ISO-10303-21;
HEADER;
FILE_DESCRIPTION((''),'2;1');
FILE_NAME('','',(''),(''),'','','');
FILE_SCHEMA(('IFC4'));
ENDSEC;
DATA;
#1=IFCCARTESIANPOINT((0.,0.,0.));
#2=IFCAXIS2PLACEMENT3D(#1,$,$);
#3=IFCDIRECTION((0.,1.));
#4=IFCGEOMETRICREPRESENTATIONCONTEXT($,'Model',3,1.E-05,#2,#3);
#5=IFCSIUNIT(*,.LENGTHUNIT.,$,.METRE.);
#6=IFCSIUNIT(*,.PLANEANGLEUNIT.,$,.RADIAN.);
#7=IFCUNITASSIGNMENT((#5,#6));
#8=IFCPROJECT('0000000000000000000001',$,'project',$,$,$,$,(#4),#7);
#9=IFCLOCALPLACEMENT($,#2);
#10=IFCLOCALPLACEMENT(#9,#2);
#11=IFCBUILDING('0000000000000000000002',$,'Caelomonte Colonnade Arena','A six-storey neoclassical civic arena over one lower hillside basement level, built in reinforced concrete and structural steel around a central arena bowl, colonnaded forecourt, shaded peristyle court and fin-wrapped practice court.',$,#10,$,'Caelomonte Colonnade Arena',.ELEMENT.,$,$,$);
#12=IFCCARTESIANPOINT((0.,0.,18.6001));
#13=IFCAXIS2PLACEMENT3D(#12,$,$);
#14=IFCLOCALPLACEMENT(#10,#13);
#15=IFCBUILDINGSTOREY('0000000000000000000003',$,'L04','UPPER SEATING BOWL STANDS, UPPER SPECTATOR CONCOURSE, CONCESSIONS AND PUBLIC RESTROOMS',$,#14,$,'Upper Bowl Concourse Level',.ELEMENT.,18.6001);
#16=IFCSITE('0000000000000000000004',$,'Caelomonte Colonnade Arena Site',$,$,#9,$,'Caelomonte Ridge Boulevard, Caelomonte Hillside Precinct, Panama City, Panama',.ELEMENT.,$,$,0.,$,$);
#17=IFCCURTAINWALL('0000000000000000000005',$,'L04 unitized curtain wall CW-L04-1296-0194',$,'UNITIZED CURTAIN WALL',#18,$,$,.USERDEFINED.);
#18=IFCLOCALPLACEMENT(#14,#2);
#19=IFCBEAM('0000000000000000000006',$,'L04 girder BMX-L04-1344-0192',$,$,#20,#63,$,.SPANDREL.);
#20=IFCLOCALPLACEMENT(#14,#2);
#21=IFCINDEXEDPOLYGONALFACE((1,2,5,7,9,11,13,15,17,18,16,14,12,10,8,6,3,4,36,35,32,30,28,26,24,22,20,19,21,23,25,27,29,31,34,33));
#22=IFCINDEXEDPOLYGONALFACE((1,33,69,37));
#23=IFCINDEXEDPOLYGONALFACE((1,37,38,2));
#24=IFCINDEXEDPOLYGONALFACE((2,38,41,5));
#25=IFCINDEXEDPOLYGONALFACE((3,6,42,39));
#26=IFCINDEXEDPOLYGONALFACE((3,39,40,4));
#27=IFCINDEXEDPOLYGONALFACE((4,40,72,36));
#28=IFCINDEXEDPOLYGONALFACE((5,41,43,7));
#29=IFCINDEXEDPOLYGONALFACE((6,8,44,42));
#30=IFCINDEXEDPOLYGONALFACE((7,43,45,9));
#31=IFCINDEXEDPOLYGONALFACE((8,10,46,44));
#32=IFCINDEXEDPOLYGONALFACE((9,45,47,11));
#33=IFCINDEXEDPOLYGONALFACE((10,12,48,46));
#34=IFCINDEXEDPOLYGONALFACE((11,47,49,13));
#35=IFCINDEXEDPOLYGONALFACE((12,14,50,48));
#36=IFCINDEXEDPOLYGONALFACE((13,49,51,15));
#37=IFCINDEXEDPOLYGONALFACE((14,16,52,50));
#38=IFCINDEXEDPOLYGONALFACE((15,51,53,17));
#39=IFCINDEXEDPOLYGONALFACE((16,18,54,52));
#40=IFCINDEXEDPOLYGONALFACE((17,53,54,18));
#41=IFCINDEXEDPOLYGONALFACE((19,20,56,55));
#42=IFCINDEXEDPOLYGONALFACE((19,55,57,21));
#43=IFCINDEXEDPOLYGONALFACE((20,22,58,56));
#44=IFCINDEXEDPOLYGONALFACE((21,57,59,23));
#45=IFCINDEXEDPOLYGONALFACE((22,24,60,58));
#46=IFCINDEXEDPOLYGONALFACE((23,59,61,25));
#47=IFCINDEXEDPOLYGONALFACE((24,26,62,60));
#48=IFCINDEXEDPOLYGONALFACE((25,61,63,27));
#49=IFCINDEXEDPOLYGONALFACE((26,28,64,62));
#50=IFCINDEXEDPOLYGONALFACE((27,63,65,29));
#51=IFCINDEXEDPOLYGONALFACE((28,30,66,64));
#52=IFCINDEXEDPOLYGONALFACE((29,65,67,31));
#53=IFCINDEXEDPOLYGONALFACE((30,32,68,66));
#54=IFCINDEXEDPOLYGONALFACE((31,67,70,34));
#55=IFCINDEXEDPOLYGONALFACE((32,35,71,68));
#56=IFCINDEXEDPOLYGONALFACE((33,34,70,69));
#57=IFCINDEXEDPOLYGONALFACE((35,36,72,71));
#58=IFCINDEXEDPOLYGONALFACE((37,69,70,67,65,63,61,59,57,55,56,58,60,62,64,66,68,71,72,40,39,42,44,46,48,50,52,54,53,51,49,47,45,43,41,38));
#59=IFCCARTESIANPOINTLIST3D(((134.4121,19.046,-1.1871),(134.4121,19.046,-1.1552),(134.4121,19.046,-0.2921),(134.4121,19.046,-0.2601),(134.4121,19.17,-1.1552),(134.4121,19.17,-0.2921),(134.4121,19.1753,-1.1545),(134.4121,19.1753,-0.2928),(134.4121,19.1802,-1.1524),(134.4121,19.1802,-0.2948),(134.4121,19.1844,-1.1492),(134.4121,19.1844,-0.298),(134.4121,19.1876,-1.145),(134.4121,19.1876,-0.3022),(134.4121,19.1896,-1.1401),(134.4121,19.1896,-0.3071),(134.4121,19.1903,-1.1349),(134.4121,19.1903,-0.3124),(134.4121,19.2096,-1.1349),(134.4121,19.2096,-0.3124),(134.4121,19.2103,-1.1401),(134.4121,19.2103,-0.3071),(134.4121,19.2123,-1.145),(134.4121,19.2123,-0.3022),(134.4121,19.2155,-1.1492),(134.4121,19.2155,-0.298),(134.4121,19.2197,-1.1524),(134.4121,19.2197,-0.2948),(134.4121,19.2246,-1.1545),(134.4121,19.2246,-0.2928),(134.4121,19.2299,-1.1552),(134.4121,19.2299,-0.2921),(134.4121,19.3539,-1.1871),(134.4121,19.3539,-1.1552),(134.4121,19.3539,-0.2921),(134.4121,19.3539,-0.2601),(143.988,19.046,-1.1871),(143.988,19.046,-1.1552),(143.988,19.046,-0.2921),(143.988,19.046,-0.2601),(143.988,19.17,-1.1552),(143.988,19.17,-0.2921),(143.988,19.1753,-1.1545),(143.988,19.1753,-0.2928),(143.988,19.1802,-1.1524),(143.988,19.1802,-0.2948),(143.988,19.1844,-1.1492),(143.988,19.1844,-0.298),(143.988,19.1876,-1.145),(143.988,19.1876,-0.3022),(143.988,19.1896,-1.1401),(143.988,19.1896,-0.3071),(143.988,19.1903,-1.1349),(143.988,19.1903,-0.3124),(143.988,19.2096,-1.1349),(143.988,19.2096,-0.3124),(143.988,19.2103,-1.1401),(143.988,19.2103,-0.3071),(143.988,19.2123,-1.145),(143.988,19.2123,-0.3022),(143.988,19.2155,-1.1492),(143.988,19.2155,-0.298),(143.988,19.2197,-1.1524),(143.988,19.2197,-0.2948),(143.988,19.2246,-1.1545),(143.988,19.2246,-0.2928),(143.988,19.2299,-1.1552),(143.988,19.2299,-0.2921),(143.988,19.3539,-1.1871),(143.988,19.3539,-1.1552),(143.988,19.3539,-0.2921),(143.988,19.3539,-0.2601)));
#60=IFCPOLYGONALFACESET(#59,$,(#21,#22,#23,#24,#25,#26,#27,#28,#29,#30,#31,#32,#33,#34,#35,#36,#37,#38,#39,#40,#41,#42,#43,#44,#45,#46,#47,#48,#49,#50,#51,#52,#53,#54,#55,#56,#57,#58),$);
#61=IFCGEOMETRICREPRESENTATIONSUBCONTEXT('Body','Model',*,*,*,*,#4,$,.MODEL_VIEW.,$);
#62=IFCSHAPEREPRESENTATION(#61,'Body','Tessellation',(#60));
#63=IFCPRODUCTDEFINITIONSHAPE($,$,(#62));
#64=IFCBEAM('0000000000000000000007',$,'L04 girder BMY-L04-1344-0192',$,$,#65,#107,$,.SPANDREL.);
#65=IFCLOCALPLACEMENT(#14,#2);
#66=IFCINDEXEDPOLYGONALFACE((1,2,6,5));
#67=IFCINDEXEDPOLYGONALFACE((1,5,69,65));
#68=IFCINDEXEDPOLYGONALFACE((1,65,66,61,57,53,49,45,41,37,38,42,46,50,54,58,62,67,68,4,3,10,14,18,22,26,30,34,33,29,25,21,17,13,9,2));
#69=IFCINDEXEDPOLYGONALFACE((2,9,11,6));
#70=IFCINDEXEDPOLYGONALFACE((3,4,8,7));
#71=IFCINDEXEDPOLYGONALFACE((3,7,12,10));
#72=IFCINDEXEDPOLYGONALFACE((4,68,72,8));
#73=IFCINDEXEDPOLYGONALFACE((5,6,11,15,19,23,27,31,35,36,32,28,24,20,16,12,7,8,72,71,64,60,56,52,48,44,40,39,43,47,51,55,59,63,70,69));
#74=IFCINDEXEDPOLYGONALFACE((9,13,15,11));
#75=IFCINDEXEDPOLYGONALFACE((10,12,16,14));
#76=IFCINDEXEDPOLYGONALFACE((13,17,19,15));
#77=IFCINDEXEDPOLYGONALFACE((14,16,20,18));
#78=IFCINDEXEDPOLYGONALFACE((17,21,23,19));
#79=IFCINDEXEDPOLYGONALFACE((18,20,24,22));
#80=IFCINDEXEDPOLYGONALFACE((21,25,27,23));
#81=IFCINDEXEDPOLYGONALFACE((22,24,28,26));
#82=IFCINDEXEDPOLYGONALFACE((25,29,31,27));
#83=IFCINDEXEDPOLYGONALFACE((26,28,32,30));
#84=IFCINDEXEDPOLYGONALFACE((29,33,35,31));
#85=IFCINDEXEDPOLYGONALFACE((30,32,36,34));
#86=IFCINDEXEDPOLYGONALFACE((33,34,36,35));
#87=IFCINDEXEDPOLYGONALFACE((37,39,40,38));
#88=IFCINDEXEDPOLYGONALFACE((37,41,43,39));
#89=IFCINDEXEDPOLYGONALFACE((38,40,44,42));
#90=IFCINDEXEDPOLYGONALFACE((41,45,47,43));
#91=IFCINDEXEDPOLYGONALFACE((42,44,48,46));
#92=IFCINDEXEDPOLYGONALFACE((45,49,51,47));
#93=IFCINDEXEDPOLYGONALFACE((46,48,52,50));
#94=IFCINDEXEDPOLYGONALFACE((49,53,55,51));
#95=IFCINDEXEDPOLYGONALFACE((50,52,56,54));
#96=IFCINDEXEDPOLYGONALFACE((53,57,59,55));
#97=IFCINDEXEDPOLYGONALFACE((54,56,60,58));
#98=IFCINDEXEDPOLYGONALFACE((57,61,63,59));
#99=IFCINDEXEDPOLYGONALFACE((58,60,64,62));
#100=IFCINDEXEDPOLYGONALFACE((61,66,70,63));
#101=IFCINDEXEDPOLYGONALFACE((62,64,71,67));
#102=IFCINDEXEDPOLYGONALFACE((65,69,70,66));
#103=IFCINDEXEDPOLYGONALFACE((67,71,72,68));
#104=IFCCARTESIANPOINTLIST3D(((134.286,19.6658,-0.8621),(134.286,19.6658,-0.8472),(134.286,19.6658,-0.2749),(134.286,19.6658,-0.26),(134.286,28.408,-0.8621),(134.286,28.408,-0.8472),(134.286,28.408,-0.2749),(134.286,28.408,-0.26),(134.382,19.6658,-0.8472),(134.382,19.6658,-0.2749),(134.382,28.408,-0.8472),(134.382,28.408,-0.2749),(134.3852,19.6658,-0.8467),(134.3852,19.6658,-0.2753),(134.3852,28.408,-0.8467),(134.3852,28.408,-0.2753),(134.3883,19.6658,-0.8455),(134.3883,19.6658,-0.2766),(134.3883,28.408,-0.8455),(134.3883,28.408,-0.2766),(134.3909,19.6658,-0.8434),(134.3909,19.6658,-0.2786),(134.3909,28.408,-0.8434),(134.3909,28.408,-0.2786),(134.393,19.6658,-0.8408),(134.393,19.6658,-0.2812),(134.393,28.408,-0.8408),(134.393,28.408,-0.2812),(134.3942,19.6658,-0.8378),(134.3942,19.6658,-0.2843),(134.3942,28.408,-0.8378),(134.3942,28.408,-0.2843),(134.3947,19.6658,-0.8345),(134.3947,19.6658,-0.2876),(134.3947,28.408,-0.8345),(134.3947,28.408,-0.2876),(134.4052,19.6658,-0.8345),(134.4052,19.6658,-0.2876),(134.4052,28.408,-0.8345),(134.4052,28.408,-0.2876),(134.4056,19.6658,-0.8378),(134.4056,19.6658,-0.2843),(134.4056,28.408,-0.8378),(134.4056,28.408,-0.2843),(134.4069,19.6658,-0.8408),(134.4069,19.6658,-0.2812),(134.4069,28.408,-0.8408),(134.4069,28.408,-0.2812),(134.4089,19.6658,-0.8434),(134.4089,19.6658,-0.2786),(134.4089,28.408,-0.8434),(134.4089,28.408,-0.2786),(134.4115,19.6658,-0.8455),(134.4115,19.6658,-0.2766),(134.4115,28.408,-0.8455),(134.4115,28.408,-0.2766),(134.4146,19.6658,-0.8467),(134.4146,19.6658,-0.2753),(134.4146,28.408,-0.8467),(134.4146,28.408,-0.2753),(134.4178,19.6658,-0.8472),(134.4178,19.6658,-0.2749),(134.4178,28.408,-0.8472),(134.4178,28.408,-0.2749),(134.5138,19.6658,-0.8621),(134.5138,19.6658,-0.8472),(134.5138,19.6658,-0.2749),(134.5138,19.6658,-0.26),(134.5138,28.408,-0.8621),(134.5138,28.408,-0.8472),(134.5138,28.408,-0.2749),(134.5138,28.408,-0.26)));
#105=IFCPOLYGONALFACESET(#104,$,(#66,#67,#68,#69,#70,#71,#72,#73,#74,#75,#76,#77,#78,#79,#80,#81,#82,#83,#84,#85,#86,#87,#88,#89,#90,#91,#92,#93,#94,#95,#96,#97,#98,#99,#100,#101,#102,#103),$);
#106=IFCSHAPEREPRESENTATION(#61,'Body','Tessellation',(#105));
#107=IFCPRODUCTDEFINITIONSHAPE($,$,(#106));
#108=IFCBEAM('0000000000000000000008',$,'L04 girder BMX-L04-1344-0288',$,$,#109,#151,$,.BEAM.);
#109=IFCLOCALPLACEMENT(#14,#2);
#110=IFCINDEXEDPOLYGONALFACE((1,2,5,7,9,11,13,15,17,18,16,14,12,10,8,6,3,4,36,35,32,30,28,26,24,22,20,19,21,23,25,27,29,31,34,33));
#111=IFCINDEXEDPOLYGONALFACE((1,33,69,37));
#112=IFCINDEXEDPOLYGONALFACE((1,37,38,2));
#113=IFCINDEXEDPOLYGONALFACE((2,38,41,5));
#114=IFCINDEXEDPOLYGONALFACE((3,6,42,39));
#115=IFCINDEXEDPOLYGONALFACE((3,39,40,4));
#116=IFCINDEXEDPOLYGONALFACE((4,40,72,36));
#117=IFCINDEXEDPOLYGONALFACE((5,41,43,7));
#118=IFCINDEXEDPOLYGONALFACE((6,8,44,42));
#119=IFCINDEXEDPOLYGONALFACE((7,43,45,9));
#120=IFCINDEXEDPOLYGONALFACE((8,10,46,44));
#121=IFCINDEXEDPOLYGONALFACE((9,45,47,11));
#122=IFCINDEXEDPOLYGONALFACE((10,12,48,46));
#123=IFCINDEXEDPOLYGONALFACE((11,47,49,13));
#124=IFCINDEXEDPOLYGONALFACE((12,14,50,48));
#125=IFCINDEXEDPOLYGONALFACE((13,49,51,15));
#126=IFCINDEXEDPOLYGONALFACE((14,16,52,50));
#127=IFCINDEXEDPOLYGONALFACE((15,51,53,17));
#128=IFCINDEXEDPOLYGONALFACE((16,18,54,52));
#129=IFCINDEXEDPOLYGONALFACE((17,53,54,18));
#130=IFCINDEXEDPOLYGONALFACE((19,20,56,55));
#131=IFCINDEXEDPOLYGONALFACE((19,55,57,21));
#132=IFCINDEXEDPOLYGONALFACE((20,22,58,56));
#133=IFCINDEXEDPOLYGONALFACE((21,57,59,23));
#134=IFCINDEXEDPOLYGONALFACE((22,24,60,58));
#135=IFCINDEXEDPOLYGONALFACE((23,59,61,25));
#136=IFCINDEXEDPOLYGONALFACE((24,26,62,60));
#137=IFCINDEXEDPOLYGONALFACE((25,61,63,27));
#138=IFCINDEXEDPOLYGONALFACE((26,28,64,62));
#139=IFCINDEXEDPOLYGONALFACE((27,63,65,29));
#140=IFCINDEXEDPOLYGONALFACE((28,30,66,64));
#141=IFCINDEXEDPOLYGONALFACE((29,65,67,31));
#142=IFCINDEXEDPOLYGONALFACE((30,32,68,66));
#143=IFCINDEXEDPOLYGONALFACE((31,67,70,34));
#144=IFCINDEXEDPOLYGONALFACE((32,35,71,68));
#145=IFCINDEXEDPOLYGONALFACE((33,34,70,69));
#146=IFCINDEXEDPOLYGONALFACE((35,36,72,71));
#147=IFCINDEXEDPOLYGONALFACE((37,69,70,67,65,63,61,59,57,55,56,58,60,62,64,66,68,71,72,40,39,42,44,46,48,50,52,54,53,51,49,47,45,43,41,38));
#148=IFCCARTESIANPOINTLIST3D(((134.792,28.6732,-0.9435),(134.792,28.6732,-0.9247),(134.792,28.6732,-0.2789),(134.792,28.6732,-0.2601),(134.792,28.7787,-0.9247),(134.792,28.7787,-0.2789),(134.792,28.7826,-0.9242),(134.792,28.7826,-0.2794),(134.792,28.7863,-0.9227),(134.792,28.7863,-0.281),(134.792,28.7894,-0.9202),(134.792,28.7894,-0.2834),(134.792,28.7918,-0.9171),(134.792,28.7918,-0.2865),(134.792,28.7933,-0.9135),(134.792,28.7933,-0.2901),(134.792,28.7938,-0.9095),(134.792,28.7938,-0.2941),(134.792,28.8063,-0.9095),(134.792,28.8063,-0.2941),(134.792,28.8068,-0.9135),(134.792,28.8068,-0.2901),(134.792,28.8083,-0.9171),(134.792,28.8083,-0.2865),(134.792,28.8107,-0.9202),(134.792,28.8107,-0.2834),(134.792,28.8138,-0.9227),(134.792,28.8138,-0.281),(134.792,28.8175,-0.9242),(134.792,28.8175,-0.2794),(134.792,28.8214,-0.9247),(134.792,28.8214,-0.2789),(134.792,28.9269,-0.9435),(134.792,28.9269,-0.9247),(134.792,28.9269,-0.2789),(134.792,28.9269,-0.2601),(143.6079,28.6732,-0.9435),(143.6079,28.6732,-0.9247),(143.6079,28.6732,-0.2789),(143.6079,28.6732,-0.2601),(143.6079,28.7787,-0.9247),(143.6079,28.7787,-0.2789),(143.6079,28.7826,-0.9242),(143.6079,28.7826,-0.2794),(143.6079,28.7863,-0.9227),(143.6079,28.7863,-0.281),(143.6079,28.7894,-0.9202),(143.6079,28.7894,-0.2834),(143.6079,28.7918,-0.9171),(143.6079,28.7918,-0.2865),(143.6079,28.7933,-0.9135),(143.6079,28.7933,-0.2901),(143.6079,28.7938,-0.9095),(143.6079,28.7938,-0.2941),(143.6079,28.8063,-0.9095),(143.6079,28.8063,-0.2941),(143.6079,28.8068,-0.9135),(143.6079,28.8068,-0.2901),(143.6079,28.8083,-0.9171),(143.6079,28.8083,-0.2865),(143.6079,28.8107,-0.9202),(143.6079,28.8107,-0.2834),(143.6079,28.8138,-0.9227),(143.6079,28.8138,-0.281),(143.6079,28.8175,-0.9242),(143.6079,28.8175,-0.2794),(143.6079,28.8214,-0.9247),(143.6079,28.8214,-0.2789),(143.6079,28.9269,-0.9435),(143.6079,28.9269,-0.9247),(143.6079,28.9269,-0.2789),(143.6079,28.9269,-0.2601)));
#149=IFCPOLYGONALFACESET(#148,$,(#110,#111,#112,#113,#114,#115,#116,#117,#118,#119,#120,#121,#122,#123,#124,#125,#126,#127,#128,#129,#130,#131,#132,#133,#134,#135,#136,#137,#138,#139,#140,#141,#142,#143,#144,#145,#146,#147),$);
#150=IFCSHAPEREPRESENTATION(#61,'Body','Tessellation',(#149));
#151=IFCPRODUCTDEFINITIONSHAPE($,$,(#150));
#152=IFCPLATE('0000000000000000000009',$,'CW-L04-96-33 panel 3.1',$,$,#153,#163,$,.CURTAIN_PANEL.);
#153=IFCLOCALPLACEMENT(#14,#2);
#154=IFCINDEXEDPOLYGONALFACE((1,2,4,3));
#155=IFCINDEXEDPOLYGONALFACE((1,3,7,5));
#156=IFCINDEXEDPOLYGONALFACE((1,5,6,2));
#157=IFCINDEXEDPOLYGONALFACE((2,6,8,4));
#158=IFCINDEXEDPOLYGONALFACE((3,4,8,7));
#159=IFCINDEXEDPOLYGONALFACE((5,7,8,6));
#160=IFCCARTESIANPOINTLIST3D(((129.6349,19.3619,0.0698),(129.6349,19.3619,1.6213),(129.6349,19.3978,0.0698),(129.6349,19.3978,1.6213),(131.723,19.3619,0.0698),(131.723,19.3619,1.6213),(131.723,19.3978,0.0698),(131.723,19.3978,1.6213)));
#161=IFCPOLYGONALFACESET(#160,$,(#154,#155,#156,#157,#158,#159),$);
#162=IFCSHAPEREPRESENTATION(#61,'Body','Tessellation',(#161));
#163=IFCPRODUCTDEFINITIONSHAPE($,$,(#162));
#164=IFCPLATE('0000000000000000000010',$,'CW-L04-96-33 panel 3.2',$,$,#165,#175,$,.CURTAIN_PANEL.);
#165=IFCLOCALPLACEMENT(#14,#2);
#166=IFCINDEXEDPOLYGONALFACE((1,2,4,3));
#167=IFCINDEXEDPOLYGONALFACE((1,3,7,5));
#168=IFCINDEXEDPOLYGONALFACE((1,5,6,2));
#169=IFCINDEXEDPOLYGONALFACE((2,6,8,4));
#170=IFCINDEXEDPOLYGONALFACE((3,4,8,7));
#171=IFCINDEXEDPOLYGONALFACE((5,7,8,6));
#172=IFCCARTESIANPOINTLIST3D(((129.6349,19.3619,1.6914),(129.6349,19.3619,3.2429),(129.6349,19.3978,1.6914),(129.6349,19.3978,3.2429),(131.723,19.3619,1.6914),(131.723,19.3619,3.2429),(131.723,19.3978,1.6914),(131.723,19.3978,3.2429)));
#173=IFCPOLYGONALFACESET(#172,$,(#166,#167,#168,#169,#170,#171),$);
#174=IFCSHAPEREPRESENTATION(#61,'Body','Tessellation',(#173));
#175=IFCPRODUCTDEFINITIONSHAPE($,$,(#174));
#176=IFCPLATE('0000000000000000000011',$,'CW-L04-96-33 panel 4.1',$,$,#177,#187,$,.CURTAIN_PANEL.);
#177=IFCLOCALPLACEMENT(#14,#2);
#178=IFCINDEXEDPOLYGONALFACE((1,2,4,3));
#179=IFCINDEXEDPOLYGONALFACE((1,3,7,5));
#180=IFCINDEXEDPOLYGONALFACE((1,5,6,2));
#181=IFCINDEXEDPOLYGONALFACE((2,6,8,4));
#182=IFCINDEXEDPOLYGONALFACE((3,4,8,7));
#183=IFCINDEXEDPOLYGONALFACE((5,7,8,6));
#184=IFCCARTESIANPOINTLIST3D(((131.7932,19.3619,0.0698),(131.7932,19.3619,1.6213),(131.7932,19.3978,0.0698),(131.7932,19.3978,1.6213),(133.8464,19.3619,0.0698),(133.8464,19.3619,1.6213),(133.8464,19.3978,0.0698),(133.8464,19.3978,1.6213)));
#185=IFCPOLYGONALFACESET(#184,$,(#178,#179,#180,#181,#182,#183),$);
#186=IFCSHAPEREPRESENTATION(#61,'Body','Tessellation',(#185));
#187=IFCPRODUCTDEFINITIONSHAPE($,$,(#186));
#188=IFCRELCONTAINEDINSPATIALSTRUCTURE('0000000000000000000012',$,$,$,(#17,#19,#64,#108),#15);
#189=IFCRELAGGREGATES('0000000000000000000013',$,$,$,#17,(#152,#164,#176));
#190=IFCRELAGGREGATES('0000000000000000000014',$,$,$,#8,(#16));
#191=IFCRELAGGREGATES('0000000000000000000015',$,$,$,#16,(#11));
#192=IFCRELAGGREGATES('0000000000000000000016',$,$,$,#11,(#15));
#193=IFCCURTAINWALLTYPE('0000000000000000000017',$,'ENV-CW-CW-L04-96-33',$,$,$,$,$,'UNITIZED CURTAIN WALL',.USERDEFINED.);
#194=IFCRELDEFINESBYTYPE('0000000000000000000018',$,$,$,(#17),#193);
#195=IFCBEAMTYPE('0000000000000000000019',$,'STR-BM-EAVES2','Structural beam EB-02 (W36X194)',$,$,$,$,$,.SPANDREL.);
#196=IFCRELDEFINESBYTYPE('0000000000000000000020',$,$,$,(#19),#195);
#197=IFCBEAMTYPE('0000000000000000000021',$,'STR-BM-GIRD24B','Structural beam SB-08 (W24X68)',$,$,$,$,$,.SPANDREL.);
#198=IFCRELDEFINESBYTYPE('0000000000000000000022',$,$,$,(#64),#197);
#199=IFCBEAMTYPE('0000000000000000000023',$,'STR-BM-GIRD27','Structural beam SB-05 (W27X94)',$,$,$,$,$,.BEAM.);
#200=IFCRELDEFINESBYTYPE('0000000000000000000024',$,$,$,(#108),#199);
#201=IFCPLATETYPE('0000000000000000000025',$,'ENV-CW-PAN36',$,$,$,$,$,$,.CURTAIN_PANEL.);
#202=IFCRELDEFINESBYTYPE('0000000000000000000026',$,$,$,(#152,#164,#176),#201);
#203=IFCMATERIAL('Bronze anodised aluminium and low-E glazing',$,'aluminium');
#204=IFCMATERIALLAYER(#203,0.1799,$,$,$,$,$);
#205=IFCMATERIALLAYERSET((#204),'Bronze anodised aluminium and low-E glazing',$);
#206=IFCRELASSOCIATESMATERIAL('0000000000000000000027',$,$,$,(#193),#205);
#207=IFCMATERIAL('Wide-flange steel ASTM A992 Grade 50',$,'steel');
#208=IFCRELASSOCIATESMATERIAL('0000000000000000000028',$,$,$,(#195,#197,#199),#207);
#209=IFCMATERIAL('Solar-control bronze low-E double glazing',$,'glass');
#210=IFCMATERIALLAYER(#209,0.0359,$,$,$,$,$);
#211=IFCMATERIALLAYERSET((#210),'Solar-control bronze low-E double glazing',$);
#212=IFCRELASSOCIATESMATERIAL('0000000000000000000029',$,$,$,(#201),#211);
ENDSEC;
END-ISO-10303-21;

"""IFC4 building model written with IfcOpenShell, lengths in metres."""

from ifc_helpers import new_model, si_unit, direction, frame, origin, origin_2d, place, context, subcontext, project, spatial, rectangle, i_section, extrude, material, layer, layer_set, material_profile, profile_set, type_object, element, aggregate, save


model = new_model("IFC4")

# Units and contexts
model_context = context("Model", 3, precision=1e-05, world=origin(), true_north=direction((0.0, 1.0)))
body_context = subcontext(model_context, "Body", "Model", "MODEL_VIEW")
ifc_project = project(units=[si_unit("LENGTHUNIT", "METRE"), si_unit("PLANEANGLEUNIT", "RADIAN")], contexts=[model_context])

# Site, building, storey
site_placement = place(None, origin())
site = spatial("IfcSite", under=ifc_project, at=site_placement, Name="Caelomonte Colonnade Arena Site", LongName="Caelomonte Ridge Boulevard, Caelomonte Hillside Precinct, Panama City, Panama", CompositionType="ELEMENT", RefElevation=0.0)
building_placement = place(site_placement, origin())
building = spatial("IfcBuilding", under=site, at=building_placement, Name="Caelomonte Colonnade Arena", Description="A six-storey neoclassical civic arena over one lower hillside basement level, built in reinforced concrete and structural steel around a central arena bowl, colonnaded forecourt, shaded peristyle court and fin-wrapped practice court.", LongName="Caelomonte Colonnade Arena", CompositionType="ELEMENT")
storey_placement = place(building_placement, frame((0.0, 0.0, 18.6001)))
storey = spatial("IfcBuildingStorey", under=building, at=storey_placement, Name="L04", Description="UPPER SEATING BOWL STANDS, UPPER SPECTATOR CONCOURSE, CONCESSIONS AND PUBLIC RESTROOMS", LongName="Upper Bowl Concourse Level", CompositionType="ELEMENT", Elevation=18.6001)

# Shared definitions
ifc_material_1 = material(Name="Wide-flange steel ASTM A992 Grade 50", Category="steel")

# Curtain wall
ifc_material_2 = material(Name="Bronze anodised aluminium and low-E glazing", Category="aluminium")
ifc_layer_1 = layer(ifc_material_2, 0.1799)
ifc_layer_set_1 = layer_set([ifc_layer_1], Name="Bronze anodised aluminium and low-E glazing")
curtain_wall_type = type_object("IfcCurtainWallType", Name="ENV-CW-CW-L04-96-33", ElementType="UNITIZED CURTAIN WALL", PredefinedType="USERDEFINED", material=ifc_layer_set_1)
curtain_wall_placement = place(storey_placement, origin())
curtain_wall = element("IfcCurtainWall", 1, at=curtain_wall_placement, inside=storey, type_object=curtain_wall_type, Name="L04 unitized curtain wall CW-L04-1296-0194", ObjectType="UNITIZED CURTAIN WALL", PredefinedType="USERDEFINED")

# Beams
ifc_material_profile_1 = material_profile(ifc_material_1, i_section(OverallWidth=0.3079, OverallDepth=0.927, WebThickness=0.0193, FlangeThickness=0.032, FilletRadius=0.0203, at=origin_2d()), Name="W36X194")
ifc_profile_set_1 = profile_set([ifc_material_profile_1], Name="Wide-flange steel ASTM A992 Grade 50")
beam_type_1 = type_object("IfcBeamType", Name="STR-BM-EAVES2", Description="Structural beam EB-02 (W36X194)", PredefinedType="SPANDREL", material=ifc_profile_set_1)
beam_1_placement = place(storey_placement, frame((134.4121, 19.2, -0.7236), z_axis=(1.0, 0.0, 0.0), x_axis=(0.0, 1.0, 0.0)))
element("IfcBeam", 2, at=beam_1_placement, inside=storey, type_object=beam_type_1, Name="L04 girder BMX-L04-1344-0192", PredefinedType="SPANDREL", context=body_context, shape_type="SweptSolid", body=[
    extrude(i_section(OverallWidth=0.3079, OverallDepth=0.927, WebThickness=0.0193, FlangeThickness=0.032, FilletRadius=0.0203, at=origin_2d()), origin(), (0.0, 0.0, 1.0), 9.5759),
])
ifc_material_profile_2 = material_profile(ifc_material_1, i_section(OverallWidth=0.2278, OverallDepth=0.6021, WebThickness=0.0105, FlangeThickness=0.0149, FilletRadius=0.0127, at=origin_2d()), Name="W24X68")
ifc_profile_set_2 = profile_set([ifc_material_profile_2], Name="Wide-flange steel ASTM A992 Grade 50")
beam_type_2 = type_object("IfcBeamType", Name="STR-BM-GIRD24B", Description="Structural beam SB-08 (W24X68)", PredefinedType="SPANDREL", material=ifc_profile_set_2)
beam_2_placement = place(storey_placement, frame((134.3999, 19.6658, -0.561), z_axis=(0.0, 1.0, 0.0), x_axis=(-1.0, 0.0, 0.0)))
element("IfcBeam", 3, at=beam_2_placement, inside=storey, type_object=beam_type_2, Name="L04 girder BMY-L04-1344-0192", PredefinedType="SPANDREL", context=body_context, shape_type="SweptSolid", body=[
    extrude(i_section(OverallWidth=0.2278, OverallDepth=0.6021, WebThickness=0.0105, FlangeThickness=0.0149, FilletRadius=0.0127, at=origin_2d()), origin(), (0.0, 0.0, 1.0), 8.7422),
])
ifc_material_profile_3 = material_profile(ifc_material_1, i_section(OverallWidth=0.2537, OverallDepth=0.6833, WebThickness=0.0125, FlangeThickness=0.0188, FilletRadius=0.0151, at=origin_2d()), Name="W27X94")
ifc_profile_set_3 = profile_set([ifc_material_profile_3], Name="Wide-flange steel ASTM A992 Grade 50")
beam_type_3 = type_object("IfcBeamType", Name="STR-BM-GIRD27", Description="Structural beam SB-05 (W27X94)", PredefinedType="BEAM", material=ifc_profile_set_3)
beam_3_placement = place(storey_placement, frame((134.792, 28.8, -0.6018), z_axis=(1.0, 0.0, 0.0), x_axis=(0.0, 1.0, 0.0)))
element("IfcBeam", 4, at=beam_3_placement, inside=storey, type_object=beam_type_3, Name="L04 girder BMX-L04-1344-0288", PredefinedType="BEAM", context=body_context, shape_type="SweptSolid", body=[
    extrude(i_section(OverallWidth=0.2537, OverallDepth=0.6833, WebThickness=0.0125, FlangeThickness=0.0188, FilletRadius=0.0151, at=origin_2d()), origin(), (0.0, 0.0, 1.0), 8.8159),
])

# Plates
ifc_material_3 = material(Name="Solar-control bronze low-E double glazing", Category="glass")
ifc_layer_2 = layer(ifc_material_3, 0.0359)
ifc_layer_set_2 = layer_set([ifc_layer_2], Name="Solar-control bronze low-E double glazing")
plate_type = type_object("IfcPlateType", Name="ENV-CW-PAN36", PredefinedType="CURTAIN_PANEL", material=ifc_layer_set_2)
plate_1_placement = place(storey_placement, frame((130.679, 19.3799, 0.0698), z_axis=(0.0, 0.0, 1.0), x_axis=(1.0, 0.0, 0.0)))
plate_1 = element("IfcPlate", 5, at=plate_1_placement, type_object=plate_type, Name="CW-L04-96-33 panel 3.1", PredefinedType="CURTAIN_PANEL", context=body_context, shape_type="SweptSolid", body=[
    extrude(rectangle(XDim=2.0881, YDim=0.0359, at=origin_2d()), origin(), (0.0, 0.0, 1.0), 1.5515),
])
plate_2_placement = place(storey_placement, frame((130.679, 19.3799, 1.6914), z_axis=(0.0, 0.0, 1.0), x_axis=(1.0, 0.0, 0.0)))
plate_2 = element("IfcPlate", 6, at=plate_2_placement, type_object=plate_type, Name="CW-L04-96-33 panel 3.2", PredefinedType="CURTAIN_PANEL", context=body_context, shape_type="SweptSolid", body=[
    extrude(rectangle(XDim=2.0881, YDim=0.0359, at=origin_2d()), origin(), (0.0, 0.0, 1.0), 1.5515),
])
plate_3_placement = place(storey_placement, frame((132.8198, 19.3799, 0.0698), z_axis=(0.0, 0.0, 1.0), x_axis=(1.0, 0.0, 0.0)))
plate_3 = element("IfcPlate", 7, at=plate_3_placement, type_object=plate_type, Name="CW-L04-96-33 panel 4.1", PredefinedType="CURTAIN_PANEL", context=body_context, shape_type="SweptSolid", body=[
    extrude(rectangle(XDim=2.0532, YDim=0.0359, at=origin_2d()), origin(), (0.0, 0.0, 1.0), 1.5515),
])
aggregate(curtain_wall, [plate_1, plate_2, plate_3])

save(model, "model.ifc")
